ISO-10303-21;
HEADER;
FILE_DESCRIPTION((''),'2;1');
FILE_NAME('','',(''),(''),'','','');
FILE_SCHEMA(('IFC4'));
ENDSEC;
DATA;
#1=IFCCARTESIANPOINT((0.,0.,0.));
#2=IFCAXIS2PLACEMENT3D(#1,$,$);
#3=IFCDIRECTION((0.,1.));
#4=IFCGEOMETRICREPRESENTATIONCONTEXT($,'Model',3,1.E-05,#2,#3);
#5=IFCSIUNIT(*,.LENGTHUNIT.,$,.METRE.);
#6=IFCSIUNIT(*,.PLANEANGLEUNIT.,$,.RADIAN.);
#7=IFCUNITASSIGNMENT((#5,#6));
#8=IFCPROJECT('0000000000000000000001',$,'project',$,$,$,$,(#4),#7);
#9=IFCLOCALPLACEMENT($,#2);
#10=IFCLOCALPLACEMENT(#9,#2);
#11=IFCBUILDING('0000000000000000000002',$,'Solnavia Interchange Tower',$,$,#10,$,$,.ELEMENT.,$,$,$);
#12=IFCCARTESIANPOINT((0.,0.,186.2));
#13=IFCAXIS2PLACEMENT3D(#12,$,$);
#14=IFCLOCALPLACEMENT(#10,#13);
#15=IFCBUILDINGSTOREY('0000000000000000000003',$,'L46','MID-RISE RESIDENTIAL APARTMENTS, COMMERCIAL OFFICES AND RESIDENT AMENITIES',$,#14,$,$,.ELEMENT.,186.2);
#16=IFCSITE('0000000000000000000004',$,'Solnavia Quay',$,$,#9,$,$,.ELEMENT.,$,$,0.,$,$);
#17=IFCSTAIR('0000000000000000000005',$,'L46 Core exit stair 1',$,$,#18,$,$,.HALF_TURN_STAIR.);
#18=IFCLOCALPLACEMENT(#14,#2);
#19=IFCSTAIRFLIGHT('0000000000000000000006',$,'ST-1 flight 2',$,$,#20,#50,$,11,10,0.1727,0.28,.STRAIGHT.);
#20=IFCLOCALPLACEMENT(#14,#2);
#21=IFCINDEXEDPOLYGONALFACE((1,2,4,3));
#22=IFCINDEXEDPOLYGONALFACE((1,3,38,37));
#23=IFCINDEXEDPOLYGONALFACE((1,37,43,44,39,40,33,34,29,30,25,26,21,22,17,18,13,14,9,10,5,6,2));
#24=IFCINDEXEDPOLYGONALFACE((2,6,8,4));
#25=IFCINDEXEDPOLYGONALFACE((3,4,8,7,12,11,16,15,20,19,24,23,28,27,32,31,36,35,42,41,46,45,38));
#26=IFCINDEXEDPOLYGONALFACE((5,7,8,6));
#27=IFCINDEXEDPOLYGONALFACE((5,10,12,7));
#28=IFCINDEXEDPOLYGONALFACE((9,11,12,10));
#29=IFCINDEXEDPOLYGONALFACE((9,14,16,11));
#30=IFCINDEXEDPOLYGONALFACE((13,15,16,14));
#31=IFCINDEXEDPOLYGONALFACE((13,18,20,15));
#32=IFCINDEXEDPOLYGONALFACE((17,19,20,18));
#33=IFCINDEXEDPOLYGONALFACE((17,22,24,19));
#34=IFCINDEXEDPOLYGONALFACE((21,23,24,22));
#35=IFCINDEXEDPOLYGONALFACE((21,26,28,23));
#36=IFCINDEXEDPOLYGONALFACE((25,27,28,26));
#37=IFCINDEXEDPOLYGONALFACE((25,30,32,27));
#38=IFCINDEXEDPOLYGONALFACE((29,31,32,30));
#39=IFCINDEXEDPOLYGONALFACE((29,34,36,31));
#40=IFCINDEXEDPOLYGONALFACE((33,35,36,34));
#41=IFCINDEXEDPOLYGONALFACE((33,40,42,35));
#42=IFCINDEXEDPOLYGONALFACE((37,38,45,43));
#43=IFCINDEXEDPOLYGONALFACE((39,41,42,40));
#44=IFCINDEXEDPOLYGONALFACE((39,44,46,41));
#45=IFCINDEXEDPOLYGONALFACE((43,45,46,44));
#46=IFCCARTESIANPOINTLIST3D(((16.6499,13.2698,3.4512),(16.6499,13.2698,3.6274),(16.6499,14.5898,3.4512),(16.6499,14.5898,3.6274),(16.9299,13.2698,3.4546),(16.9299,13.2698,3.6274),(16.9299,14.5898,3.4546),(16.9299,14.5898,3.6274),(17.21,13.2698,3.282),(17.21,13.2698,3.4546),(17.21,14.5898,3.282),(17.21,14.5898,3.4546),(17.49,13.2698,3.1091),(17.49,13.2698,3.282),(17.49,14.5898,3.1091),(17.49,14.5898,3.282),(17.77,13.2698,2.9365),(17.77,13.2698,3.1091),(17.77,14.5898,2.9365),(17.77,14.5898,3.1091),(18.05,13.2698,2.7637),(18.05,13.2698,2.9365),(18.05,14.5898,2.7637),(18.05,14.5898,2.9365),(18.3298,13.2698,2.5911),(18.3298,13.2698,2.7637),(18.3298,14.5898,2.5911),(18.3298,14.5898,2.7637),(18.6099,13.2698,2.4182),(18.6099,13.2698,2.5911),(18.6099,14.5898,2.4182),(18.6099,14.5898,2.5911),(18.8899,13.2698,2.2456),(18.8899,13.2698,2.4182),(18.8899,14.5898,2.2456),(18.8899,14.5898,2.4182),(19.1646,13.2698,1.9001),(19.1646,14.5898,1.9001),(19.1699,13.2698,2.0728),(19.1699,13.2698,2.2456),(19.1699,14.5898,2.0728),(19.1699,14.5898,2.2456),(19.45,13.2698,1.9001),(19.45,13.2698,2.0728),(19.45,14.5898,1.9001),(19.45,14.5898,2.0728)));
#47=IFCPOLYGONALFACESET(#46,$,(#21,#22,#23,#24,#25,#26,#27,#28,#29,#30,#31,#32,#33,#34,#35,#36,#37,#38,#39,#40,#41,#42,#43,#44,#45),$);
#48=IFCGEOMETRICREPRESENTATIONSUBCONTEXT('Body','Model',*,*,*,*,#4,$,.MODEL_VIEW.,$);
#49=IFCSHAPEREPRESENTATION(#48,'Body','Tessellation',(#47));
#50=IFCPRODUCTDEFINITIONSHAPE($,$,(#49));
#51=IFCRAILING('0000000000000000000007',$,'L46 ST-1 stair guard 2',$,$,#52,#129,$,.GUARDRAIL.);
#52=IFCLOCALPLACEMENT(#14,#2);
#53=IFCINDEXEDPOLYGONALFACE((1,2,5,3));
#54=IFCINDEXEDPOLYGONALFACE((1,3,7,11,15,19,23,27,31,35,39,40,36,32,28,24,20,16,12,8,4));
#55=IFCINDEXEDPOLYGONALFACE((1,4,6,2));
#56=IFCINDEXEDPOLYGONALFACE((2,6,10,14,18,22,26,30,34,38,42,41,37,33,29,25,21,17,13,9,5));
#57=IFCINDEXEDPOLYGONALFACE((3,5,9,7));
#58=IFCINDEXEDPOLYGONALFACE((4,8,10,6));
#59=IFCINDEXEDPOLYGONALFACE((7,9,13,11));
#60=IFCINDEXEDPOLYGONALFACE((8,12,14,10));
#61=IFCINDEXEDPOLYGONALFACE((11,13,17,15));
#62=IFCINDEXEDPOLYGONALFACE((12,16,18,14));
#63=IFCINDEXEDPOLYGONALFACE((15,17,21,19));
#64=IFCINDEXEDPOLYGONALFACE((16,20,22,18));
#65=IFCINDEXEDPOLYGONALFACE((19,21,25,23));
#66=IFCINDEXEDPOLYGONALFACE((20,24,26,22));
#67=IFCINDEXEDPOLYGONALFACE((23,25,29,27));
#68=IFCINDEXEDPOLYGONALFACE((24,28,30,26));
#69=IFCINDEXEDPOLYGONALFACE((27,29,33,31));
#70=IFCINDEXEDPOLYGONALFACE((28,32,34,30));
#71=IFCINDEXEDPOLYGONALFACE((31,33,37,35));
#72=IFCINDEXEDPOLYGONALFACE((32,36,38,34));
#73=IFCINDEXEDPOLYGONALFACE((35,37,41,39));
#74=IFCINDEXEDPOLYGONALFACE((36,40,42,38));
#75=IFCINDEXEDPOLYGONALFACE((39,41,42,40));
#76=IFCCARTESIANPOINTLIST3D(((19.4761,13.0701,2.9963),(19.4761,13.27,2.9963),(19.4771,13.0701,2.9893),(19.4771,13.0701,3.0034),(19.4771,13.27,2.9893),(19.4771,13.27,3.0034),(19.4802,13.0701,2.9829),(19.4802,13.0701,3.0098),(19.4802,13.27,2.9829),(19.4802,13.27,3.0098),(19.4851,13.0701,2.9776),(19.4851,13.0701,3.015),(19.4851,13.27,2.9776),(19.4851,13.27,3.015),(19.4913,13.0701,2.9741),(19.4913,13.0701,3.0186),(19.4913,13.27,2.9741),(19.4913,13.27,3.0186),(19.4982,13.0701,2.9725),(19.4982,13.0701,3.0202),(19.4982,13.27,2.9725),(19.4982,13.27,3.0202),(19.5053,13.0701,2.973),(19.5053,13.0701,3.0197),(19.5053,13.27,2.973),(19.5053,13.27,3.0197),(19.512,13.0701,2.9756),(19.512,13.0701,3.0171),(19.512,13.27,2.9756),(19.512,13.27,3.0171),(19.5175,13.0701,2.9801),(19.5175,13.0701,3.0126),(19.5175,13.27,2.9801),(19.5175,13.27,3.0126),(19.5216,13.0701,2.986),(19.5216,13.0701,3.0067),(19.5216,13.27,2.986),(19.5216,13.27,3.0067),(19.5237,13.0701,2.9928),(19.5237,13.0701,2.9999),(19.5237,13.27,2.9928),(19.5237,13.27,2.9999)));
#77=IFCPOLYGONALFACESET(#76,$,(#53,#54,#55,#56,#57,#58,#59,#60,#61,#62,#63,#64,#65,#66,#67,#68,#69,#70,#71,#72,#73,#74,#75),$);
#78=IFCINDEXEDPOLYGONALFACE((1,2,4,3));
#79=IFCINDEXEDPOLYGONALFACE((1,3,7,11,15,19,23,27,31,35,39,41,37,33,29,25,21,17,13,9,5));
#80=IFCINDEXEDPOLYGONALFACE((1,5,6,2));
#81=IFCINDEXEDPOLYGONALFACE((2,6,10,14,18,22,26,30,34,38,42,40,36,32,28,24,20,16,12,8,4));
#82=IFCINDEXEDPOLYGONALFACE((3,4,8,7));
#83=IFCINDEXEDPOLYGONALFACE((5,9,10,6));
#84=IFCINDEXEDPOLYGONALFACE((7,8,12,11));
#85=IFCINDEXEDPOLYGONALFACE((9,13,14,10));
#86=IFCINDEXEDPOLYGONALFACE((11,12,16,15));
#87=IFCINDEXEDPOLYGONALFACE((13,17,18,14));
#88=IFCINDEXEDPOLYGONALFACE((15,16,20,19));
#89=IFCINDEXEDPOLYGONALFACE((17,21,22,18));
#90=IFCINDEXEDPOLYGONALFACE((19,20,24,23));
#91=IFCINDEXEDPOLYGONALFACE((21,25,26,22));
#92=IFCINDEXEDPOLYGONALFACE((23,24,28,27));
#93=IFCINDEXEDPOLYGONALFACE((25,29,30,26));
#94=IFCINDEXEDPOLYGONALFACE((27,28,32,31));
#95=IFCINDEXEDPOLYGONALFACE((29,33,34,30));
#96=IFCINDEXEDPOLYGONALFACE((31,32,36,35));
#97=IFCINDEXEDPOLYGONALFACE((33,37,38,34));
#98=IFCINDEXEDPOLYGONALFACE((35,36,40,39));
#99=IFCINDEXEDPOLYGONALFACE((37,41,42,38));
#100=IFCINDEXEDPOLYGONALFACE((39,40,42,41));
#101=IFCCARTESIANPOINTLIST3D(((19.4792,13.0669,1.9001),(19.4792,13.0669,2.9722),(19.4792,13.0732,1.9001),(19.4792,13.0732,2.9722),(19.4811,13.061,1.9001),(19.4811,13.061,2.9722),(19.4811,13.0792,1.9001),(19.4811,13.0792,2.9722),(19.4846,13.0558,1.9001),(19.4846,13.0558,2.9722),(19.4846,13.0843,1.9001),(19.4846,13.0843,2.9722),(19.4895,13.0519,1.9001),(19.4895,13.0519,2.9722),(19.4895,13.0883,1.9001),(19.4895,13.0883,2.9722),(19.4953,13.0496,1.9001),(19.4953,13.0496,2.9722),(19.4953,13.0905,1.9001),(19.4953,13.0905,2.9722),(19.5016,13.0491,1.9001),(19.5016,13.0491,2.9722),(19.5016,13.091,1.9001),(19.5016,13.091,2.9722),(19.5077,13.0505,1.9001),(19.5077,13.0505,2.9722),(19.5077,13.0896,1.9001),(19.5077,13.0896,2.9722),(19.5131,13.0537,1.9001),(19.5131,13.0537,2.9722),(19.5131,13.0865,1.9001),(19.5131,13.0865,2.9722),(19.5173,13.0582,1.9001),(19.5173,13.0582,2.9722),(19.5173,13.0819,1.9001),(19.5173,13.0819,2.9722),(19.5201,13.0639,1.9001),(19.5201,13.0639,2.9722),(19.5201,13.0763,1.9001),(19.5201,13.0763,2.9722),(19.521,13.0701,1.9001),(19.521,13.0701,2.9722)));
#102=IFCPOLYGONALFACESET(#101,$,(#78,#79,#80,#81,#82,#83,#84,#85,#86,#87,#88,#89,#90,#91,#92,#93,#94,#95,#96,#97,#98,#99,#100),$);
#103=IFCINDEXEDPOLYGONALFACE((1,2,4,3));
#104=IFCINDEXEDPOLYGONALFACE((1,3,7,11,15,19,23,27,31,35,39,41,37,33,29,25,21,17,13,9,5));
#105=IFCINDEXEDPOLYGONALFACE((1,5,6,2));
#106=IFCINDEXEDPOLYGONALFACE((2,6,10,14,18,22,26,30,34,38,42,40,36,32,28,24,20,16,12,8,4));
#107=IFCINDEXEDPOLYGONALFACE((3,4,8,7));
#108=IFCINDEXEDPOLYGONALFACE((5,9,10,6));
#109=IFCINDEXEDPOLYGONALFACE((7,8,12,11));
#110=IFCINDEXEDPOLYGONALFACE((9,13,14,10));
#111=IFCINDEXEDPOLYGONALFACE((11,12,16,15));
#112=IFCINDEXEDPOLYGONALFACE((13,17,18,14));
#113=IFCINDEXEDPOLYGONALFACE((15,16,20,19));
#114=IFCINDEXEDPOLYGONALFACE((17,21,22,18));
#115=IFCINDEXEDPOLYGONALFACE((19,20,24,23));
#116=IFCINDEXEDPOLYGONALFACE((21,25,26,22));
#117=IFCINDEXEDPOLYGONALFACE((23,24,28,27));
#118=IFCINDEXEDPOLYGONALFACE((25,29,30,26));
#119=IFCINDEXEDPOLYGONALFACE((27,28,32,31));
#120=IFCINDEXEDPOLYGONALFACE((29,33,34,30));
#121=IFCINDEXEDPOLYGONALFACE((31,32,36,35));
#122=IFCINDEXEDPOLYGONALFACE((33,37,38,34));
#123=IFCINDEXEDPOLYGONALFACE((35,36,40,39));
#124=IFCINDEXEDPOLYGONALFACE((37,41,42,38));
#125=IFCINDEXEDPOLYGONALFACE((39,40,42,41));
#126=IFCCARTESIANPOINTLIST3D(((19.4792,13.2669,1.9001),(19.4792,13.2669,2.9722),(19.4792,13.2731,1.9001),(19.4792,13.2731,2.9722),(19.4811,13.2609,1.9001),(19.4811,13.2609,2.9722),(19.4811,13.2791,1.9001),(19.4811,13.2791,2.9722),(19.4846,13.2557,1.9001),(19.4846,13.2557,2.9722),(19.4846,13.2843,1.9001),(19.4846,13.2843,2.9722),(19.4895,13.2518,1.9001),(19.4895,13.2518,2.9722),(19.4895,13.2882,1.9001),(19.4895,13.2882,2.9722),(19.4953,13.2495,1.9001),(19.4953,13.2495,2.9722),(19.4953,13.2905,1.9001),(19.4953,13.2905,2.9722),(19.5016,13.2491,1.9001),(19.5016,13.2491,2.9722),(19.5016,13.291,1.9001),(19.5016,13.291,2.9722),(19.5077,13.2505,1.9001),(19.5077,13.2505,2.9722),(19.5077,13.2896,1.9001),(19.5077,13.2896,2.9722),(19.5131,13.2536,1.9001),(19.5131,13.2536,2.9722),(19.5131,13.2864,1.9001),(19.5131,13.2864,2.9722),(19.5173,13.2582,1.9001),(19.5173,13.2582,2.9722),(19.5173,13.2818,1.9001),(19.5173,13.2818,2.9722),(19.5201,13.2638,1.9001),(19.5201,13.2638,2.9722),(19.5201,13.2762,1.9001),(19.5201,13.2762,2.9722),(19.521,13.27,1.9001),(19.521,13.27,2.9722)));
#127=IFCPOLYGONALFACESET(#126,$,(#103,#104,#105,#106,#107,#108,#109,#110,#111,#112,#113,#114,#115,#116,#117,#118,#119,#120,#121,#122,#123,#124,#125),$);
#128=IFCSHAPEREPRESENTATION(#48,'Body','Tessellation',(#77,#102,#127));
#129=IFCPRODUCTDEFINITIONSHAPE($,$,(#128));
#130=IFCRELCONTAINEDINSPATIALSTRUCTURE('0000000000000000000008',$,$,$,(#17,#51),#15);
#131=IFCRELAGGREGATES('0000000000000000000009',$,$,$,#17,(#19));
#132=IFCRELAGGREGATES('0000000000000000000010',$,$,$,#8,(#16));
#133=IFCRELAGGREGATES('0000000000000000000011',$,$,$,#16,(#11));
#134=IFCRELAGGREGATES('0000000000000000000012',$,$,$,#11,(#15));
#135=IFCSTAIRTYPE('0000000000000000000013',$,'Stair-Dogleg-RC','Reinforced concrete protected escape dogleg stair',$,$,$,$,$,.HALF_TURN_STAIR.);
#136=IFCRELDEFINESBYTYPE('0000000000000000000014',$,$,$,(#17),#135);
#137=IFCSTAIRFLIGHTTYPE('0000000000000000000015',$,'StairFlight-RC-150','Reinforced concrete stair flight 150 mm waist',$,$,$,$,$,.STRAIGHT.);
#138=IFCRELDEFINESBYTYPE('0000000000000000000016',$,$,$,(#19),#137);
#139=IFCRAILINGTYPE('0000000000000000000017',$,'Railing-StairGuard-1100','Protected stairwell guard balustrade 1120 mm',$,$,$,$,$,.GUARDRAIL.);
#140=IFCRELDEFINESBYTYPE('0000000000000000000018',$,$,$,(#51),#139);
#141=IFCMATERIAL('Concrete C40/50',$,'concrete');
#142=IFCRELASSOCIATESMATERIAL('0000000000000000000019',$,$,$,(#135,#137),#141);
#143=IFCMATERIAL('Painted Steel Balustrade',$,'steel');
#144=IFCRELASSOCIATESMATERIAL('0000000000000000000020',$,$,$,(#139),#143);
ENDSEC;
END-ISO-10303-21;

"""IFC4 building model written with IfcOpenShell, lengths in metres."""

from ifc_helpers import new_model, si_unit, direction, frame, origin, origin_2d, place, context, subcontext, project, spatial, polyline, circle, outline, extrude, material, type_object, element, aggregate, save


model = new_model("IFC4")

# Units and contexts
model_context = context("Model", 3, precision=1e-05, world=origin(), true_north=direction((0.0, 1.0)))
body_context = subcontext(model_context, "Body", "Model", "MODEL_VIEW")
ifc_project = project(units=[si_unit("LENGTHUNIT", "METRE"), si_unit("PLANEANGLEUNIT", "RADIAN")], contexts=[model_context])

# Site, building, storey
site_placement = place(None, origin())
site = spatial("IfcSite", under=ifc_project, at=site_placement, Name="Solnavia Quay", CompositionType="ELEMENT", RefElevation=0.0)
building_placement = place(site_placement, origin())
building = spatial("IfcBuilding", under=site, at=building_placement, Name="Solnavia Interchange Tower", CompositionType="ELEMENT")
storey_placement = place(building_placement, frame((0.0, 0.0, 186.2)))
storey = spatial("IfcBuildingStorey", under=building, at=storey_placement, Name="L46", Description="MID-RISE RESIDENTIAL APARTMENTS, COMMERCIAL OFFICES AND RESIDENT AMENITIES", CompositionType="ELEMENT", Elevation=186.2)

# Shared definitions
ifc_material_1 = material(Name="Concrete C40/50", Category="concrete")

# Stair, stair flight
stair_type = type_object("IfcStairType", Name="Stair-Dogleg-RC", Description="Reinforced concrete protected escape dogleg stair", PredefinedType="HALF_TURN_STAIR", material=ifc_material_1)
stair_placement = place(storey_placement, origin())
stair = element("IfcStair", 1, at=stair_placement, inside=storey, type_object=stair_type, Name="L46 Core exit stair 1", PredefinedType="HALF_TURN_STAIR")
stair_flight_type = type_object("IfcStairFlightType", Name="StairFlight-RC-150", Description="Reinforced concrete stair flight 150 mm waist", PredefinedType="STRAIGHT", material=ifc_material_1)
stair_flight_placement = place(storey_placement, frame((19.45, 13.9299, 1.9001), z_axis=(0.0, 0.0, 1.0), x_axis=(-1.0, 0.0, 0.0)))
stair_flight = element("IfcStairFlight", 2, at=stair_flight_placement, type_object=stair_flight_type, Name="ST-1 flight 2", NumberOfRisers=11, NumberOfTreads=10, PredefinedType="STRAIGHT", RiserHeight=0.1727, TreadLength=0.28, context=body_context, shape_type="SweptSolid", body=[
    extrude(outline(polyline([(0.0, 0.0), (0.0, 0.1726), (0.28, 0.1726), (0.28, 0.3455), (0.5601, 0.3455), (0.5601, 0.5181), (0.8401, 0.5181), (0.8401, 0.6909), (1.1201, 0.6909), (1.1201, 0.8635), (1.3999, 0.8635), (1.3999, 1.0364), (1.6799, 1.0364), (1.6799, 1.209), (1.96, 1.209), (1.96, 1.3818), (2.24, 1.3818), (2.24, 1.5544), (2.52, 1.5544), (2.52, 1.7273), (2.8, 1.7273), (2.8, 1.8999), (2.8, 1.551), (0.2854, 0.0), (0.0, 0.0)])), frame((0.0, 0.6602, 0.0), z_axis=(0.0, -1.0, 0.0), x_axis=(1.0, 0.0, 0.0)), (0.0, 0.0, 1.0), 1.3201),
])
aggregate(stair, [stair_flight])

# Railing
ifc_material_2 = material(Name="Painted Steel Balustrade", Category="steel")
railing_type_1 = type_object("IfcRailingType", Name="Railing-StairGuard-1100", Description="Protected stairwell guard balustrade 1120 mm", PredefinedType="GUARDRAIL", material=ifc_material_2)
railing_1_placement = place(storey_placement, frame((19.5, 13.0701, 1.9001)))
element("IfcRailing", 3, at=railing_1_placement, inside=storey, type_object=railing_type_1, Name="L46 ST-1 stair guard 2", PredefinedType="GUARDRAIL", context=body_context, shape_type="SweptSolid", body=[
    extrude(circle(Radius=0.0239, at=origin_2d()), frame((0.0, 0.0, 1.0962), z_axis=(0.0, 1.0, 0.0), x_axis=(-1.0, 0.0, 0.0)), (0.0, 0.0, 1.0), 0.2),
    extrude(circle(Radius=0.021, at=origin_2d()), origin(), (0.0, 0.0, 1.0), 1.072),
    extrude(circle(Radius=0.021, at=origin_2d()), frame((0.0, 0.2, 0.0)), (0.0, 0.0, 1.0), 1.072),
])

save(model, "model.ifc")
